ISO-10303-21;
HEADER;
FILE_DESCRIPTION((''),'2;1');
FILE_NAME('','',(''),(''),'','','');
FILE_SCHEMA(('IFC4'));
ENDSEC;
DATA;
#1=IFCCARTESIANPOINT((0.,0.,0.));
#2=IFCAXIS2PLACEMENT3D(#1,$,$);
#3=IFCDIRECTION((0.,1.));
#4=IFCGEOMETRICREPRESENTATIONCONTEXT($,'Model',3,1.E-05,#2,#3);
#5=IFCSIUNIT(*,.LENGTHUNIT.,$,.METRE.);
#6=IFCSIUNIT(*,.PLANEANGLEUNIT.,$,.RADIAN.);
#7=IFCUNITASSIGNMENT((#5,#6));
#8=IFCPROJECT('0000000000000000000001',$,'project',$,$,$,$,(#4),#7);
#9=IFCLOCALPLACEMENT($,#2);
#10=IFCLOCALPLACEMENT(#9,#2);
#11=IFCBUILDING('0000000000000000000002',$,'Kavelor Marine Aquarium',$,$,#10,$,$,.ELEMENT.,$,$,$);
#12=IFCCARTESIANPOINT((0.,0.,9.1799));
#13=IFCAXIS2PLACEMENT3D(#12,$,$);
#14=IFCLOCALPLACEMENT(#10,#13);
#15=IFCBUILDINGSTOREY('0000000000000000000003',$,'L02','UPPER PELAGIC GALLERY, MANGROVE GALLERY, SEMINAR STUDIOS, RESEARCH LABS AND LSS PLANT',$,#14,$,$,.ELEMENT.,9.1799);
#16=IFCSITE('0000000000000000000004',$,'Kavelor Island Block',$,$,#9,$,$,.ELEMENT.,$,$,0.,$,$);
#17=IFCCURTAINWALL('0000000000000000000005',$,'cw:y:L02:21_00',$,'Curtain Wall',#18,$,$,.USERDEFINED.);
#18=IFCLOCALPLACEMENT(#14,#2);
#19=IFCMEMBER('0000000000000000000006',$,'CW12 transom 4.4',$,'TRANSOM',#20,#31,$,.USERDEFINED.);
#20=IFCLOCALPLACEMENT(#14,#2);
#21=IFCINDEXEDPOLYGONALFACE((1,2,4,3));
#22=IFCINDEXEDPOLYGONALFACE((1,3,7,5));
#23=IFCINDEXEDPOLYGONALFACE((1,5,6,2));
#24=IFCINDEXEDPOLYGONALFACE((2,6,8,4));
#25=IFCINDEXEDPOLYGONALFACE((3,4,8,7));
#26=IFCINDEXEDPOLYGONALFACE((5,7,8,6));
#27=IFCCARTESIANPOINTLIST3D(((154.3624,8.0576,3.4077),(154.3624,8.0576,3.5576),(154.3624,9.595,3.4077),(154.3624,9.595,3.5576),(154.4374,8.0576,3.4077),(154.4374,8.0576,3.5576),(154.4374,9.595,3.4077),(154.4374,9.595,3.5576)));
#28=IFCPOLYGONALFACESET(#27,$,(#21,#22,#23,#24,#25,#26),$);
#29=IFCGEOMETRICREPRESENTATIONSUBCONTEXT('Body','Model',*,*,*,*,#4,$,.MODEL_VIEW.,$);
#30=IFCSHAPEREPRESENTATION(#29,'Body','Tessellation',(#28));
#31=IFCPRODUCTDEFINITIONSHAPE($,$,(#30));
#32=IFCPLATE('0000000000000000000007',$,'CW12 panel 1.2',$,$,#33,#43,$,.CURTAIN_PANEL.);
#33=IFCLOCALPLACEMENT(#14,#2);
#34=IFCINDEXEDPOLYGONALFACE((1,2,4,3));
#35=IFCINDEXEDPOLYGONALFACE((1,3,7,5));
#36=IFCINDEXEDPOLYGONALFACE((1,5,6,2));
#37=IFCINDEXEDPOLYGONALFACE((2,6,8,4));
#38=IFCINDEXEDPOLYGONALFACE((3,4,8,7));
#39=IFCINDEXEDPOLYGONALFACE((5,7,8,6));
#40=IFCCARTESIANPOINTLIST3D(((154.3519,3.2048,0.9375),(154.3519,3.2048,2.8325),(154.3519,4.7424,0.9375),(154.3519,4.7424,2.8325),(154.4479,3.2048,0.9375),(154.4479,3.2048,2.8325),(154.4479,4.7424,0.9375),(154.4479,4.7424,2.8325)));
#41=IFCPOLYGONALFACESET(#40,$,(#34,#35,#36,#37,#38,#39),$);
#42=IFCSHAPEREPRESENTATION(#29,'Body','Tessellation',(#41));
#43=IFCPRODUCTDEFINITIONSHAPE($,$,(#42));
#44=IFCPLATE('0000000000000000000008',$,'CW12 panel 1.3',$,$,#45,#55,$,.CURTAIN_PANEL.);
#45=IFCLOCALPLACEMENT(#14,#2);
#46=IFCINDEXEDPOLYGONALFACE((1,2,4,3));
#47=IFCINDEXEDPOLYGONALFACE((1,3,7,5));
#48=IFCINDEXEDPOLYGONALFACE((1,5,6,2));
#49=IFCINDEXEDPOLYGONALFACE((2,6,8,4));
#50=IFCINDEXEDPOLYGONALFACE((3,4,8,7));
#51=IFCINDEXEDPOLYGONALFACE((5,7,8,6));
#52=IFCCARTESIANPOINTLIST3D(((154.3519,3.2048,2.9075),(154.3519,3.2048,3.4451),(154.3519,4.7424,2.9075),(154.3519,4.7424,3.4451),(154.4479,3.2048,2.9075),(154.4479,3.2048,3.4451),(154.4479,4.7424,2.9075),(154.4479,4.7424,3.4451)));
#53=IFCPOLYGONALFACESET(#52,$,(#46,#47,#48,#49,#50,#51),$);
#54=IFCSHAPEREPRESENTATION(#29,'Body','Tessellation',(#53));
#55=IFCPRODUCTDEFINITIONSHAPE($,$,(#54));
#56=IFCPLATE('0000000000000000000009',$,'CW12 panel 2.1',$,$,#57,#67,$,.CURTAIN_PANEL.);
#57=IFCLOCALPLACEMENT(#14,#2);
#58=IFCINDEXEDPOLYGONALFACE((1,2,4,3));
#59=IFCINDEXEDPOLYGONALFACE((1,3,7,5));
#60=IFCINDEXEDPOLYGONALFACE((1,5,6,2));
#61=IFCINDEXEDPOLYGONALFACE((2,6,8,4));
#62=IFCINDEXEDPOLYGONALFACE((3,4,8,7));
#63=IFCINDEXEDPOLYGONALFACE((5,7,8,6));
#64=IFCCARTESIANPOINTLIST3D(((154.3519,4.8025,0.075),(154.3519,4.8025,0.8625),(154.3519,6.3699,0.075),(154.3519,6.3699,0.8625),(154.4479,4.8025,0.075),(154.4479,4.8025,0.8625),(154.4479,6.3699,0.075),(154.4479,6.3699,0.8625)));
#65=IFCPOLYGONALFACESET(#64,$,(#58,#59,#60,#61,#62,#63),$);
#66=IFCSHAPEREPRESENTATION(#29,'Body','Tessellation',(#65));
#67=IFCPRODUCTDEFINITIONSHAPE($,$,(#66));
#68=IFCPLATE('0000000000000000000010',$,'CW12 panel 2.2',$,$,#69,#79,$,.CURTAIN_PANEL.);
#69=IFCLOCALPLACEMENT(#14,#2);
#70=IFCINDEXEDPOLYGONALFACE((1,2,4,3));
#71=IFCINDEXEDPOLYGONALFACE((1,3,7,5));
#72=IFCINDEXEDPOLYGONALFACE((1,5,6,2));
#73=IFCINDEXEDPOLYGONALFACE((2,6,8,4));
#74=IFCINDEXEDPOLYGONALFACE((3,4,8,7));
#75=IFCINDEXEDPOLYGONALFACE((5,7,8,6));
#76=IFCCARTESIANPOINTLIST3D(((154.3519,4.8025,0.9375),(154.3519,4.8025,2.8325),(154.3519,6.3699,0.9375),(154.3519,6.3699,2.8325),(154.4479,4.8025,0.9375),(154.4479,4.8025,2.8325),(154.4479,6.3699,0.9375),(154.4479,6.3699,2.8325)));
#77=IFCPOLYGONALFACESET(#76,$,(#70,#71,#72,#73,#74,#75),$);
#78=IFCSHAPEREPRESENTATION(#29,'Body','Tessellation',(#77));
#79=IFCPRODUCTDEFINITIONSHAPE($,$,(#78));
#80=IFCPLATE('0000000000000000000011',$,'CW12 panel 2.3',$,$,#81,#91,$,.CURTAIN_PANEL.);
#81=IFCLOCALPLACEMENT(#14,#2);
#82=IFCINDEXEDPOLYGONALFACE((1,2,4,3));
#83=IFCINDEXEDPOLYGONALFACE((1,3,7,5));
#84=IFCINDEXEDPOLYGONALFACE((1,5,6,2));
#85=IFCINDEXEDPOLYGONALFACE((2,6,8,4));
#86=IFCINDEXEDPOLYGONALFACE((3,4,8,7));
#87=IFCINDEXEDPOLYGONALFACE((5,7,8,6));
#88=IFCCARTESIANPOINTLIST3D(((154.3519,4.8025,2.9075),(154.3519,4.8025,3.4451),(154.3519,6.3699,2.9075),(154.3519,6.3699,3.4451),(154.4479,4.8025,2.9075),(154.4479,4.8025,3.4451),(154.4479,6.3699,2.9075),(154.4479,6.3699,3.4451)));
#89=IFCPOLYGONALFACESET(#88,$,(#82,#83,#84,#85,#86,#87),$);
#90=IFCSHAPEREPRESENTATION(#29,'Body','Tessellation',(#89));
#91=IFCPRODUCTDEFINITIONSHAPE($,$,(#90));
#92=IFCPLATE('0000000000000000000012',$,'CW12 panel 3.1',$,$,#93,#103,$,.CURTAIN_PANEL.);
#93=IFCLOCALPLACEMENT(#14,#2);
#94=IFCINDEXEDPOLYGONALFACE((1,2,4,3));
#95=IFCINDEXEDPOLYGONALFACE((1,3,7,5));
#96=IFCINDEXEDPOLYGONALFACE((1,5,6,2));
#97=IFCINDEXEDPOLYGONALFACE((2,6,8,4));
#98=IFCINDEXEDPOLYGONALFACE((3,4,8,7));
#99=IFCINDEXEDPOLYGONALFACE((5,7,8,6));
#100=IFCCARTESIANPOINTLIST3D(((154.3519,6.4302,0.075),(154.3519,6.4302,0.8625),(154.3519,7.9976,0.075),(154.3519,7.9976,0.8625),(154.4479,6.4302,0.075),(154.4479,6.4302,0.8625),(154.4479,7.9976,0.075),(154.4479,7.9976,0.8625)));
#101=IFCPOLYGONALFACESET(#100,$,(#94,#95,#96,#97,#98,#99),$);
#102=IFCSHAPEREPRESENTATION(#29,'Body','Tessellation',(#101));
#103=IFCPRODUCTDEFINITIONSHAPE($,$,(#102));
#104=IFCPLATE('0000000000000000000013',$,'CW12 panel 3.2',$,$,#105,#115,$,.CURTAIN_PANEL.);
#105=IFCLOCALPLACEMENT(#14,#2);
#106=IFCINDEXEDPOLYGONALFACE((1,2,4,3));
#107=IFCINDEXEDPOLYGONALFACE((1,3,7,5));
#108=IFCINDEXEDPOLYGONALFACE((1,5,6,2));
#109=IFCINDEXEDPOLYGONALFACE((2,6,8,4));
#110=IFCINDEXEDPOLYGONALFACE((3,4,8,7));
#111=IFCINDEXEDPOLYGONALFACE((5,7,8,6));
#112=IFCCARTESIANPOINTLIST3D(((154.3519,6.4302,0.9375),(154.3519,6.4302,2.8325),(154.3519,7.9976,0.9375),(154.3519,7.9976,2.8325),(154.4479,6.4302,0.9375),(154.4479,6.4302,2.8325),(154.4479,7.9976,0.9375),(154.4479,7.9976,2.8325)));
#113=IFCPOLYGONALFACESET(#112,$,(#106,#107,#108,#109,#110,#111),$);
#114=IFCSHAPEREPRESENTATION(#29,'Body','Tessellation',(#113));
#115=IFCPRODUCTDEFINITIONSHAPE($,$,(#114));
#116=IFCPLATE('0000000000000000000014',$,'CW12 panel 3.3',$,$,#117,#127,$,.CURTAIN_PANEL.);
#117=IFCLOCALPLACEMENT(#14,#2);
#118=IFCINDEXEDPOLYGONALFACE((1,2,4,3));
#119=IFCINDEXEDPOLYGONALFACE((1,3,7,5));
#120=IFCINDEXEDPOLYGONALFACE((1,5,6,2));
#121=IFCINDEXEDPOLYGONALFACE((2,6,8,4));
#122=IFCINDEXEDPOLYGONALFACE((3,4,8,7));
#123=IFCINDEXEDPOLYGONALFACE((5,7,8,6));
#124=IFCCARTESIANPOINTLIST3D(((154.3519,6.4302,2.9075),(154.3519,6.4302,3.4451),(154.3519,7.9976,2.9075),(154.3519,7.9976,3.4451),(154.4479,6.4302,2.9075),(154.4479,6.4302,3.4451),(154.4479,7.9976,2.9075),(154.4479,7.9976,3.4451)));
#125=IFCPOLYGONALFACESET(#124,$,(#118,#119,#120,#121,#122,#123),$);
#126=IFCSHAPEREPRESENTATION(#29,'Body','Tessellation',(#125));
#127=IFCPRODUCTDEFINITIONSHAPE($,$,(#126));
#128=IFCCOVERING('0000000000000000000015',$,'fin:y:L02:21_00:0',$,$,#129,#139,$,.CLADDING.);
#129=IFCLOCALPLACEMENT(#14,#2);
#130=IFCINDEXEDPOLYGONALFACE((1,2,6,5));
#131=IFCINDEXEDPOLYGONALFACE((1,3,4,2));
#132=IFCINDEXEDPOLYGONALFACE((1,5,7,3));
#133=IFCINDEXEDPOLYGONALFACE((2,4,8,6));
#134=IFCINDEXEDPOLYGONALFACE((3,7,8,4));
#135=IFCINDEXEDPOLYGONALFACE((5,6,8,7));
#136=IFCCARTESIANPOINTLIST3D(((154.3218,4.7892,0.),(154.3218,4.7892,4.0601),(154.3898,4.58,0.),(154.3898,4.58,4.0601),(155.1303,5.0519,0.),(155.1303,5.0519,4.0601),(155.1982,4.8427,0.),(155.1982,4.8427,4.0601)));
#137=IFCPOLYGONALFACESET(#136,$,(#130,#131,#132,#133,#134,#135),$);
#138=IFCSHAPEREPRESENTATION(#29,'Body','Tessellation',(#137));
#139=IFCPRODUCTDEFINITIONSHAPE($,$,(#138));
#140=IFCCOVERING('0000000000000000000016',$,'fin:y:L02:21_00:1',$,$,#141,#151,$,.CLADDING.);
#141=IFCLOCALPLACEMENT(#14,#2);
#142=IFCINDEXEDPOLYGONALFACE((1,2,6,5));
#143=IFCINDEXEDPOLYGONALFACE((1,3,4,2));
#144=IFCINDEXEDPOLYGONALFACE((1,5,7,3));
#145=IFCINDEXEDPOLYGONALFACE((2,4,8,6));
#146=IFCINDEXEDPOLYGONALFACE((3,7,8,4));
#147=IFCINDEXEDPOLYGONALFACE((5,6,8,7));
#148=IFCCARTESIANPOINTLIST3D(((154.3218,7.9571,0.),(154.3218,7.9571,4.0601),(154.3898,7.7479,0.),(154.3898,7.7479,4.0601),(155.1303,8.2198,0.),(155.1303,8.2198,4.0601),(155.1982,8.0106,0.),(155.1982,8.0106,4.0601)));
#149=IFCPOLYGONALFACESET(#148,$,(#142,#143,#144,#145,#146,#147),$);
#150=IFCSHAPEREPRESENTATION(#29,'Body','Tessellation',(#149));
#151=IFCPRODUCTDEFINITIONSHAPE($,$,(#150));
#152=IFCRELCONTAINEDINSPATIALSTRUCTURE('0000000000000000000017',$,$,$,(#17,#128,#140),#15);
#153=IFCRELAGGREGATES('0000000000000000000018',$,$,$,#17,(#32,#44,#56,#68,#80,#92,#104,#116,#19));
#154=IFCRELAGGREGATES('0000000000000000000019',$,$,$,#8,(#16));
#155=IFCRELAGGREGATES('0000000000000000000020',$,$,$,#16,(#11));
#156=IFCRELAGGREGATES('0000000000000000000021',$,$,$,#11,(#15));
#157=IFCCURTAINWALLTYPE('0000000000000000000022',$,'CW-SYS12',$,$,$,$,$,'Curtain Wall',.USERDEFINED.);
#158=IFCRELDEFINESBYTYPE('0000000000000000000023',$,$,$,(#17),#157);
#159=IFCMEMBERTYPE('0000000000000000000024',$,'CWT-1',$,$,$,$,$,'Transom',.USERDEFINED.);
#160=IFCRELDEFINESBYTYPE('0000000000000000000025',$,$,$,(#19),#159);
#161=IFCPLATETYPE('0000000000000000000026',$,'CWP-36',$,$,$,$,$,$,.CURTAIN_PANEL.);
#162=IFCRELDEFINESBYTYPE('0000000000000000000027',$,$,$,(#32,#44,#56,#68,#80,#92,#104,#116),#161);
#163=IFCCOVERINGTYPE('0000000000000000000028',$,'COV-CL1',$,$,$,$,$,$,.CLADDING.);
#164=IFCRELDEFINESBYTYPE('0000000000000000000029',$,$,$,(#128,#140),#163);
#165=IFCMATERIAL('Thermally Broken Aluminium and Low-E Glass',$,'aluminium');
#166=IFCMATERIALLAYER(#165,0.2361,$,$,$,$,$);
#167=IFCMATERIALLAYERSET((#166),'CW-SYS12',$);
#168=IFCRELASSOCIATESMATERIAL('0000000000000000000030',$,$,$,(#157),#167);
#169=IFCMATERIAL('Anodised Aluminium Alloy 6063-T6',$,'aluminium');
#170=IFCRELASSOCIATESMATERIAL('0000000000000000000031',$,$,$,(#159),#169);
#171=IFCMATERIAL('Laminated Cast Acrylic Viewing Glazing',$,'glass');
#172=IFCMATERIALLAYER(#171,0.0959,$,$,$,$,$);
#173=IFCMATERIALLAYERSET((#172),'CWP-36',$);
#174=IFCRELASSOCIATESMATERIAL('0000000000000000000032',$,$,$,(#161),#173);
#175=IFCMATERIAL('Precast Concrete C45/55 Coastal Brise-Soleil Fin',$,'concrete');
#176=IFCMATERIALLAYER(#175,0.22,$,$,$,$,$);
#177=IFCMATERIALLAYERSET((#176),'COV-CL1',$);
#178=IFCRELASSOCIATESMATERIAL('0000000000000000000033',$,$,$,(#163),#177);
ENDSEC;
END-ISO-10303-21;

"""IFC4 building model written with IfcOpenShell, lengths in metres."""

from ifc_helpers import new_model, si_unit, direction, frame, origin, origin_2d, place, context, subcontext, project, spatial, rectangle, extrude, material, layer, layer_set, material_profile, profile_set, type_object, element, aggregate, save


model = new_model("IFC4")

# Units and contexts
model_context = context("Model", 3, precision=1e-05, world=origin(), true_north=direction((0.0, 1.0)))
body_context = subcontext(model_context, "Body", "Model", "MODEL_VIEW")
ifc_project = project(units=[si_unit("LENGTHUNIT", "METRE"), si_unit("PLANEANGLEUNIT", "RADIAN")], contexts=[model_context])

# Site, building, storey
site_placement = place(None, origin())
site = spatial("IfcSite", under=ifc_project, at=site_placement, Name="Kavelor Island Block", CompositionType="ELEMENT", RefElevation=0.0)
building_placement = place(site_placement, origin())
building = spatial("IfcBuilding", under=site, at=building_placement, Name="Kavelor Marine Aquarium", CompositionType="ELEMENT")
storey_placement = place(building_placement, frame((0.0, 0.0, 9.1799)))
storey = spatial("IfcBuildingStorey", under=building, at=storey_placement, Name="L02", Description="UPPER PELAGIC GALLERY, MANGROVE GALLERY, SEMINAR STUDIOS, RESEARCH LABS AND LSS PLANT", CompositionType="ELEMENT", Elevation=9.1799)

# Curtain wall, member, plates
ifc_material_1 = material(Name="Thermally Broken Aluminium and Low-E Glass", Category="aluminium")
ifc_layer_1 = layer(ifc_material_1, 0.2361)
ifc_layer_set_1 = layer_set([ifc_layer_1], Name="CW-SYS12")
curtain_wall_type = type_object("IfcCurtainWallType", Name="CW-SYS12", ElementType="Curtain Wall", PredefinedType="USERDEFINED", material=ifc_layer_set_1)
curtain_wall_placement = place(storey_placement, origin())
curtain_wall = element("IfcCurtainWall", 1, at=curtain_wall_placement, inside=storey, type_object=curtain_wall_type, Name="cw:y:L02:21_00", ObjectType="Curtain Wall", PredefinedType="USERDEFINED")
ifc_material_2 = material(Name="Anodised Aluminium Alloy 6063-T6", Category="aluminium")
ifc_material_profile_1 = material_profile(ifc_material_2, rectangle(XDim=0.075, YDim=0.1499, at=origin_2d()), Name="CW-TRN 75x150")
ifc_profile_set_1 = profile_set([ifc_material_profile_1], Name="Anodised Aluminium Alloy 6063-T6")
member_type_1 = type_object("IfcMemberType", Name="CWT-1", ElementType="Transom", PredefinedType="USERDEFINED", material=ifc_profile_set_1)
member_1_placement = place(storey_placement, frame((154.3999, 8.0576, 3.4827), z_axis=(0.0, 1.0, 0.0), x_axis=(-1.0, 0.0, 0.0)))
member_1 = element("IfcMember", 2, at=member_1_placement, type_object=member_type_1, Name="CW12 transom 4.4", ObjectType="TRANSOM", PredefinedType="USERDEFINED", context=body_context, shape_type="SweptSolid", body=[
    extrude(rectangle(XDim=0.075, YDim=0.1499, at=origin_2d()), origin(), (0.0, 0.0, 1.0), 1.5374),
])
ifc_material_3 = material(Name="Laminated Cast Acrylic Viewing Glazing", Category="glass")
ifc_layer_2 = layer(ifc_material_3, 0.0959)
ifc_layer_set_2 = layer_set([ifc_layer_2], Name="CWP-36")
plate_type = type_object("IfcPlateType", Name="CWP-36", PredefinedType="CURTAIN_PANEL", material=ifc_layer_set_2)
plate_1_placement = place(storey_placement, frame((154.3999, 3.9736, 0.9375), z_axis=(0.0, 0.0, 1.0), x_axis=(0.0, 1.0, 0.0)))
plate_1 = element("IfcPlate", 3, at=plate_1_placement, type_object=plate_type, Name="CW12 panel 1.2", PredefinedType="CURTAIN_PANEL", context=body_context, shape_type="SweptSolid", body=[
    extrude(rectangle(XDim=1.5376, YDim=0.0959, at=origin_2d()), origin(), (0.0, 0.0, 1.0), 1.895),
])
plate_2_placement = place(storey_placement, frame((154.3999, 3.9736, 2.9075), z_axis=(0.0, 0.0, 1.0), x_axis=(0.0, 1.0, 0.0)))
plate_2 = element("IfcPlate", 4, at=plate_2_placement, type_object=plate_type, Name="CW12 panel 1.3", PredefinedType="CURTAIN_PANEL", context=body_context, shape_type="SweptSolid", body=[
    extrude(rectangle(XDim=1.5376, YDim=0.0959, at=origin_2d()), origin(), (0.0, 0.0, 1.0), 0.5376),
])
plate_3_placement = place(storey_placement, frame((154.3999, 5.5862, 0.075), z_axis=(0.0, 0.0, 1.0), x_axis=(0.0, 1.0, 0.0)))
plate_3 = element("IfcPlate", 5, at=plate_3_placement, type_object=plate_type, Name="CW12 panel 2.1", PredefinedType="CURTAIN_PANEL", context=body_context, shape_type="SweptSolid", body=[
    extrude(rectangle(XDim=1.5674, YDim=0.0959, at=origin_2d()), origin(), (0.0, 0.0, 1.0), 0.7876),
])
plate_4_placement = place(storey_placement, frame((154.3999, 5.5862, 0.9375), z_axis=(0.0, 0.0, 1.0), x_axis=(0.0, 1.0, 0.0)))
plate_4 = element("IfcPlate", 6, at=plate_4_placement, type_object=plate_type, Name="CW12 panel 2.2", PredefinedType="CURTAIN_PANEL", context=body_context, shape_type="SweptSolid", body=[
    extrude(rectangle(XDim=1.5674, YDim=0.0959, at=origin_2d()), origin(), (0.0, 0.0, 1.0), 1.895),
])
plate_5_placement = place(storey_placement, frame((154.3999, 5.5862, 2.9075), z_axis=(0.0, 0.0, 1.0), x_axis=(0.0, 1.0, 0.0)))
plate_5 = element("IfcPlate", 7, at=plate_5_placement, type_object=plate_type, Name="CW12 panel 2.3", PredefinedType="CURTAIN_PANEL", context=body_context, shape_type="SweptSolid", body=[
    extrude(rectangle(XDim=1.5674, YDim=0.0959, at=origin_2d()), origin(), (0.0, 0.0, 1.0), 0.5376),
])
plate_6_placement = place(storey_placement, frame((154.3999, 7.2139, 0.075), z_axis=(0.0, 0.0, 1.0), x_axis=(0.0, 1.0, 0.0)))
plate_6 = element("IfcPlate", 8, at=plate_6_placement, type_object=plate_type, Name="CW12 panel 3.1", PredefinedType="CURTAIN_PANEL", context=body_context, shape_type="SweptSolid", body=[
    extrude(rectangle(XDim=1.5674, YDim=0.0959, at=origin_2d()), origin(), (0.0, 0.0, 1.0), 0.7876),
])
plate_7_placement = place(storey_placement, frame((154.3999, 7.2139, 0.9375), z_axis=(0.0, 0.0, 1.0), x_axis=(0.0, 1.0, 0.0)))
plate_7 = element("IfcPlate", 9, at=plate_7_placement, type_object=plate_type, Name="CW12 panel 3.2", PredefinedType="CURTAIN_PANEL", context=body_context, shape_type="SweptSolid", body=[
    extrude(rectangle(XDim=1.5674, YDim=0.0959, at=origin_2d()), origin(), (0.0, 0.0, 1.0), 1.895),
])
plate_8_placement = place(storey_placement, frame((154.3999, 7.2139, 2.9075), z_axis=(0.0, 0.0, 1.0), x_axis=(0.0, 1.0, 0.0)))
plate_8 = element("IfcPlate", 10, at=plate_8_placement, type_object=plate_type, Name="CW12 panel 3.3", PredefinedType="CURTAIN_PANEL", context=body_context, shape_type="SweptSolid", body=[
    extrude(rectangle(XDim=1.5674, YDim=0.0959, at=origin_2d()), origin(), (0.0, 0.0, 1.0), 0.5376),
])
aggregate(curtain_wall, [plate_1, plate_2, plate_3, plate_4, plate_5, plate_6, plate_7, plate_8, member_1])

# Coverings
ifc_material_4 = material(Name="Precast Concrete C45/55 Coastal Brise-Soleil Fin", Category="concrete")
ifc_layer_3 = layer(ifc_material_4, 0.22)
ifc_layer_set_3 = layer_set([ifc_layer_3], Name="COV-CL1")
covering_type = type_object("IfcCoveringType", Name="COV-CL1", PredefinedType="CLADDING", material=ifc_layer_set_3)
for number, where, z_axis, x_axis, name in (
    (11, (154.76, 4.8159, 0.0), (0.0, 0.0, 1.0), (0.951057, 0.309017, 0.0), "fin:y:L02:21_00:0"),
    (12, (154.76, 7.9839, 0.0), (0.0, 0.0, 1.0), (0.951057, 0.309017, 0.0), "fin:y:L02:21_00:1"),
):
    element("IfcCovering", number, at=place(storey_placement, frame(where, z_axis=z_axis, x_axis=x_axis)), inside=storey, type_object=covering_type, Name=name, PredefinedType="CLADDING", context=body_context, shape_type="SweptSolid", body=[
        extrude(rectangle(XDim=0.8501, YDim=0.22, at=origin_2d()), origin(), (0.0, 0.0, 1.0), 4.0601),
    ])

save(model, "model.ifc")
